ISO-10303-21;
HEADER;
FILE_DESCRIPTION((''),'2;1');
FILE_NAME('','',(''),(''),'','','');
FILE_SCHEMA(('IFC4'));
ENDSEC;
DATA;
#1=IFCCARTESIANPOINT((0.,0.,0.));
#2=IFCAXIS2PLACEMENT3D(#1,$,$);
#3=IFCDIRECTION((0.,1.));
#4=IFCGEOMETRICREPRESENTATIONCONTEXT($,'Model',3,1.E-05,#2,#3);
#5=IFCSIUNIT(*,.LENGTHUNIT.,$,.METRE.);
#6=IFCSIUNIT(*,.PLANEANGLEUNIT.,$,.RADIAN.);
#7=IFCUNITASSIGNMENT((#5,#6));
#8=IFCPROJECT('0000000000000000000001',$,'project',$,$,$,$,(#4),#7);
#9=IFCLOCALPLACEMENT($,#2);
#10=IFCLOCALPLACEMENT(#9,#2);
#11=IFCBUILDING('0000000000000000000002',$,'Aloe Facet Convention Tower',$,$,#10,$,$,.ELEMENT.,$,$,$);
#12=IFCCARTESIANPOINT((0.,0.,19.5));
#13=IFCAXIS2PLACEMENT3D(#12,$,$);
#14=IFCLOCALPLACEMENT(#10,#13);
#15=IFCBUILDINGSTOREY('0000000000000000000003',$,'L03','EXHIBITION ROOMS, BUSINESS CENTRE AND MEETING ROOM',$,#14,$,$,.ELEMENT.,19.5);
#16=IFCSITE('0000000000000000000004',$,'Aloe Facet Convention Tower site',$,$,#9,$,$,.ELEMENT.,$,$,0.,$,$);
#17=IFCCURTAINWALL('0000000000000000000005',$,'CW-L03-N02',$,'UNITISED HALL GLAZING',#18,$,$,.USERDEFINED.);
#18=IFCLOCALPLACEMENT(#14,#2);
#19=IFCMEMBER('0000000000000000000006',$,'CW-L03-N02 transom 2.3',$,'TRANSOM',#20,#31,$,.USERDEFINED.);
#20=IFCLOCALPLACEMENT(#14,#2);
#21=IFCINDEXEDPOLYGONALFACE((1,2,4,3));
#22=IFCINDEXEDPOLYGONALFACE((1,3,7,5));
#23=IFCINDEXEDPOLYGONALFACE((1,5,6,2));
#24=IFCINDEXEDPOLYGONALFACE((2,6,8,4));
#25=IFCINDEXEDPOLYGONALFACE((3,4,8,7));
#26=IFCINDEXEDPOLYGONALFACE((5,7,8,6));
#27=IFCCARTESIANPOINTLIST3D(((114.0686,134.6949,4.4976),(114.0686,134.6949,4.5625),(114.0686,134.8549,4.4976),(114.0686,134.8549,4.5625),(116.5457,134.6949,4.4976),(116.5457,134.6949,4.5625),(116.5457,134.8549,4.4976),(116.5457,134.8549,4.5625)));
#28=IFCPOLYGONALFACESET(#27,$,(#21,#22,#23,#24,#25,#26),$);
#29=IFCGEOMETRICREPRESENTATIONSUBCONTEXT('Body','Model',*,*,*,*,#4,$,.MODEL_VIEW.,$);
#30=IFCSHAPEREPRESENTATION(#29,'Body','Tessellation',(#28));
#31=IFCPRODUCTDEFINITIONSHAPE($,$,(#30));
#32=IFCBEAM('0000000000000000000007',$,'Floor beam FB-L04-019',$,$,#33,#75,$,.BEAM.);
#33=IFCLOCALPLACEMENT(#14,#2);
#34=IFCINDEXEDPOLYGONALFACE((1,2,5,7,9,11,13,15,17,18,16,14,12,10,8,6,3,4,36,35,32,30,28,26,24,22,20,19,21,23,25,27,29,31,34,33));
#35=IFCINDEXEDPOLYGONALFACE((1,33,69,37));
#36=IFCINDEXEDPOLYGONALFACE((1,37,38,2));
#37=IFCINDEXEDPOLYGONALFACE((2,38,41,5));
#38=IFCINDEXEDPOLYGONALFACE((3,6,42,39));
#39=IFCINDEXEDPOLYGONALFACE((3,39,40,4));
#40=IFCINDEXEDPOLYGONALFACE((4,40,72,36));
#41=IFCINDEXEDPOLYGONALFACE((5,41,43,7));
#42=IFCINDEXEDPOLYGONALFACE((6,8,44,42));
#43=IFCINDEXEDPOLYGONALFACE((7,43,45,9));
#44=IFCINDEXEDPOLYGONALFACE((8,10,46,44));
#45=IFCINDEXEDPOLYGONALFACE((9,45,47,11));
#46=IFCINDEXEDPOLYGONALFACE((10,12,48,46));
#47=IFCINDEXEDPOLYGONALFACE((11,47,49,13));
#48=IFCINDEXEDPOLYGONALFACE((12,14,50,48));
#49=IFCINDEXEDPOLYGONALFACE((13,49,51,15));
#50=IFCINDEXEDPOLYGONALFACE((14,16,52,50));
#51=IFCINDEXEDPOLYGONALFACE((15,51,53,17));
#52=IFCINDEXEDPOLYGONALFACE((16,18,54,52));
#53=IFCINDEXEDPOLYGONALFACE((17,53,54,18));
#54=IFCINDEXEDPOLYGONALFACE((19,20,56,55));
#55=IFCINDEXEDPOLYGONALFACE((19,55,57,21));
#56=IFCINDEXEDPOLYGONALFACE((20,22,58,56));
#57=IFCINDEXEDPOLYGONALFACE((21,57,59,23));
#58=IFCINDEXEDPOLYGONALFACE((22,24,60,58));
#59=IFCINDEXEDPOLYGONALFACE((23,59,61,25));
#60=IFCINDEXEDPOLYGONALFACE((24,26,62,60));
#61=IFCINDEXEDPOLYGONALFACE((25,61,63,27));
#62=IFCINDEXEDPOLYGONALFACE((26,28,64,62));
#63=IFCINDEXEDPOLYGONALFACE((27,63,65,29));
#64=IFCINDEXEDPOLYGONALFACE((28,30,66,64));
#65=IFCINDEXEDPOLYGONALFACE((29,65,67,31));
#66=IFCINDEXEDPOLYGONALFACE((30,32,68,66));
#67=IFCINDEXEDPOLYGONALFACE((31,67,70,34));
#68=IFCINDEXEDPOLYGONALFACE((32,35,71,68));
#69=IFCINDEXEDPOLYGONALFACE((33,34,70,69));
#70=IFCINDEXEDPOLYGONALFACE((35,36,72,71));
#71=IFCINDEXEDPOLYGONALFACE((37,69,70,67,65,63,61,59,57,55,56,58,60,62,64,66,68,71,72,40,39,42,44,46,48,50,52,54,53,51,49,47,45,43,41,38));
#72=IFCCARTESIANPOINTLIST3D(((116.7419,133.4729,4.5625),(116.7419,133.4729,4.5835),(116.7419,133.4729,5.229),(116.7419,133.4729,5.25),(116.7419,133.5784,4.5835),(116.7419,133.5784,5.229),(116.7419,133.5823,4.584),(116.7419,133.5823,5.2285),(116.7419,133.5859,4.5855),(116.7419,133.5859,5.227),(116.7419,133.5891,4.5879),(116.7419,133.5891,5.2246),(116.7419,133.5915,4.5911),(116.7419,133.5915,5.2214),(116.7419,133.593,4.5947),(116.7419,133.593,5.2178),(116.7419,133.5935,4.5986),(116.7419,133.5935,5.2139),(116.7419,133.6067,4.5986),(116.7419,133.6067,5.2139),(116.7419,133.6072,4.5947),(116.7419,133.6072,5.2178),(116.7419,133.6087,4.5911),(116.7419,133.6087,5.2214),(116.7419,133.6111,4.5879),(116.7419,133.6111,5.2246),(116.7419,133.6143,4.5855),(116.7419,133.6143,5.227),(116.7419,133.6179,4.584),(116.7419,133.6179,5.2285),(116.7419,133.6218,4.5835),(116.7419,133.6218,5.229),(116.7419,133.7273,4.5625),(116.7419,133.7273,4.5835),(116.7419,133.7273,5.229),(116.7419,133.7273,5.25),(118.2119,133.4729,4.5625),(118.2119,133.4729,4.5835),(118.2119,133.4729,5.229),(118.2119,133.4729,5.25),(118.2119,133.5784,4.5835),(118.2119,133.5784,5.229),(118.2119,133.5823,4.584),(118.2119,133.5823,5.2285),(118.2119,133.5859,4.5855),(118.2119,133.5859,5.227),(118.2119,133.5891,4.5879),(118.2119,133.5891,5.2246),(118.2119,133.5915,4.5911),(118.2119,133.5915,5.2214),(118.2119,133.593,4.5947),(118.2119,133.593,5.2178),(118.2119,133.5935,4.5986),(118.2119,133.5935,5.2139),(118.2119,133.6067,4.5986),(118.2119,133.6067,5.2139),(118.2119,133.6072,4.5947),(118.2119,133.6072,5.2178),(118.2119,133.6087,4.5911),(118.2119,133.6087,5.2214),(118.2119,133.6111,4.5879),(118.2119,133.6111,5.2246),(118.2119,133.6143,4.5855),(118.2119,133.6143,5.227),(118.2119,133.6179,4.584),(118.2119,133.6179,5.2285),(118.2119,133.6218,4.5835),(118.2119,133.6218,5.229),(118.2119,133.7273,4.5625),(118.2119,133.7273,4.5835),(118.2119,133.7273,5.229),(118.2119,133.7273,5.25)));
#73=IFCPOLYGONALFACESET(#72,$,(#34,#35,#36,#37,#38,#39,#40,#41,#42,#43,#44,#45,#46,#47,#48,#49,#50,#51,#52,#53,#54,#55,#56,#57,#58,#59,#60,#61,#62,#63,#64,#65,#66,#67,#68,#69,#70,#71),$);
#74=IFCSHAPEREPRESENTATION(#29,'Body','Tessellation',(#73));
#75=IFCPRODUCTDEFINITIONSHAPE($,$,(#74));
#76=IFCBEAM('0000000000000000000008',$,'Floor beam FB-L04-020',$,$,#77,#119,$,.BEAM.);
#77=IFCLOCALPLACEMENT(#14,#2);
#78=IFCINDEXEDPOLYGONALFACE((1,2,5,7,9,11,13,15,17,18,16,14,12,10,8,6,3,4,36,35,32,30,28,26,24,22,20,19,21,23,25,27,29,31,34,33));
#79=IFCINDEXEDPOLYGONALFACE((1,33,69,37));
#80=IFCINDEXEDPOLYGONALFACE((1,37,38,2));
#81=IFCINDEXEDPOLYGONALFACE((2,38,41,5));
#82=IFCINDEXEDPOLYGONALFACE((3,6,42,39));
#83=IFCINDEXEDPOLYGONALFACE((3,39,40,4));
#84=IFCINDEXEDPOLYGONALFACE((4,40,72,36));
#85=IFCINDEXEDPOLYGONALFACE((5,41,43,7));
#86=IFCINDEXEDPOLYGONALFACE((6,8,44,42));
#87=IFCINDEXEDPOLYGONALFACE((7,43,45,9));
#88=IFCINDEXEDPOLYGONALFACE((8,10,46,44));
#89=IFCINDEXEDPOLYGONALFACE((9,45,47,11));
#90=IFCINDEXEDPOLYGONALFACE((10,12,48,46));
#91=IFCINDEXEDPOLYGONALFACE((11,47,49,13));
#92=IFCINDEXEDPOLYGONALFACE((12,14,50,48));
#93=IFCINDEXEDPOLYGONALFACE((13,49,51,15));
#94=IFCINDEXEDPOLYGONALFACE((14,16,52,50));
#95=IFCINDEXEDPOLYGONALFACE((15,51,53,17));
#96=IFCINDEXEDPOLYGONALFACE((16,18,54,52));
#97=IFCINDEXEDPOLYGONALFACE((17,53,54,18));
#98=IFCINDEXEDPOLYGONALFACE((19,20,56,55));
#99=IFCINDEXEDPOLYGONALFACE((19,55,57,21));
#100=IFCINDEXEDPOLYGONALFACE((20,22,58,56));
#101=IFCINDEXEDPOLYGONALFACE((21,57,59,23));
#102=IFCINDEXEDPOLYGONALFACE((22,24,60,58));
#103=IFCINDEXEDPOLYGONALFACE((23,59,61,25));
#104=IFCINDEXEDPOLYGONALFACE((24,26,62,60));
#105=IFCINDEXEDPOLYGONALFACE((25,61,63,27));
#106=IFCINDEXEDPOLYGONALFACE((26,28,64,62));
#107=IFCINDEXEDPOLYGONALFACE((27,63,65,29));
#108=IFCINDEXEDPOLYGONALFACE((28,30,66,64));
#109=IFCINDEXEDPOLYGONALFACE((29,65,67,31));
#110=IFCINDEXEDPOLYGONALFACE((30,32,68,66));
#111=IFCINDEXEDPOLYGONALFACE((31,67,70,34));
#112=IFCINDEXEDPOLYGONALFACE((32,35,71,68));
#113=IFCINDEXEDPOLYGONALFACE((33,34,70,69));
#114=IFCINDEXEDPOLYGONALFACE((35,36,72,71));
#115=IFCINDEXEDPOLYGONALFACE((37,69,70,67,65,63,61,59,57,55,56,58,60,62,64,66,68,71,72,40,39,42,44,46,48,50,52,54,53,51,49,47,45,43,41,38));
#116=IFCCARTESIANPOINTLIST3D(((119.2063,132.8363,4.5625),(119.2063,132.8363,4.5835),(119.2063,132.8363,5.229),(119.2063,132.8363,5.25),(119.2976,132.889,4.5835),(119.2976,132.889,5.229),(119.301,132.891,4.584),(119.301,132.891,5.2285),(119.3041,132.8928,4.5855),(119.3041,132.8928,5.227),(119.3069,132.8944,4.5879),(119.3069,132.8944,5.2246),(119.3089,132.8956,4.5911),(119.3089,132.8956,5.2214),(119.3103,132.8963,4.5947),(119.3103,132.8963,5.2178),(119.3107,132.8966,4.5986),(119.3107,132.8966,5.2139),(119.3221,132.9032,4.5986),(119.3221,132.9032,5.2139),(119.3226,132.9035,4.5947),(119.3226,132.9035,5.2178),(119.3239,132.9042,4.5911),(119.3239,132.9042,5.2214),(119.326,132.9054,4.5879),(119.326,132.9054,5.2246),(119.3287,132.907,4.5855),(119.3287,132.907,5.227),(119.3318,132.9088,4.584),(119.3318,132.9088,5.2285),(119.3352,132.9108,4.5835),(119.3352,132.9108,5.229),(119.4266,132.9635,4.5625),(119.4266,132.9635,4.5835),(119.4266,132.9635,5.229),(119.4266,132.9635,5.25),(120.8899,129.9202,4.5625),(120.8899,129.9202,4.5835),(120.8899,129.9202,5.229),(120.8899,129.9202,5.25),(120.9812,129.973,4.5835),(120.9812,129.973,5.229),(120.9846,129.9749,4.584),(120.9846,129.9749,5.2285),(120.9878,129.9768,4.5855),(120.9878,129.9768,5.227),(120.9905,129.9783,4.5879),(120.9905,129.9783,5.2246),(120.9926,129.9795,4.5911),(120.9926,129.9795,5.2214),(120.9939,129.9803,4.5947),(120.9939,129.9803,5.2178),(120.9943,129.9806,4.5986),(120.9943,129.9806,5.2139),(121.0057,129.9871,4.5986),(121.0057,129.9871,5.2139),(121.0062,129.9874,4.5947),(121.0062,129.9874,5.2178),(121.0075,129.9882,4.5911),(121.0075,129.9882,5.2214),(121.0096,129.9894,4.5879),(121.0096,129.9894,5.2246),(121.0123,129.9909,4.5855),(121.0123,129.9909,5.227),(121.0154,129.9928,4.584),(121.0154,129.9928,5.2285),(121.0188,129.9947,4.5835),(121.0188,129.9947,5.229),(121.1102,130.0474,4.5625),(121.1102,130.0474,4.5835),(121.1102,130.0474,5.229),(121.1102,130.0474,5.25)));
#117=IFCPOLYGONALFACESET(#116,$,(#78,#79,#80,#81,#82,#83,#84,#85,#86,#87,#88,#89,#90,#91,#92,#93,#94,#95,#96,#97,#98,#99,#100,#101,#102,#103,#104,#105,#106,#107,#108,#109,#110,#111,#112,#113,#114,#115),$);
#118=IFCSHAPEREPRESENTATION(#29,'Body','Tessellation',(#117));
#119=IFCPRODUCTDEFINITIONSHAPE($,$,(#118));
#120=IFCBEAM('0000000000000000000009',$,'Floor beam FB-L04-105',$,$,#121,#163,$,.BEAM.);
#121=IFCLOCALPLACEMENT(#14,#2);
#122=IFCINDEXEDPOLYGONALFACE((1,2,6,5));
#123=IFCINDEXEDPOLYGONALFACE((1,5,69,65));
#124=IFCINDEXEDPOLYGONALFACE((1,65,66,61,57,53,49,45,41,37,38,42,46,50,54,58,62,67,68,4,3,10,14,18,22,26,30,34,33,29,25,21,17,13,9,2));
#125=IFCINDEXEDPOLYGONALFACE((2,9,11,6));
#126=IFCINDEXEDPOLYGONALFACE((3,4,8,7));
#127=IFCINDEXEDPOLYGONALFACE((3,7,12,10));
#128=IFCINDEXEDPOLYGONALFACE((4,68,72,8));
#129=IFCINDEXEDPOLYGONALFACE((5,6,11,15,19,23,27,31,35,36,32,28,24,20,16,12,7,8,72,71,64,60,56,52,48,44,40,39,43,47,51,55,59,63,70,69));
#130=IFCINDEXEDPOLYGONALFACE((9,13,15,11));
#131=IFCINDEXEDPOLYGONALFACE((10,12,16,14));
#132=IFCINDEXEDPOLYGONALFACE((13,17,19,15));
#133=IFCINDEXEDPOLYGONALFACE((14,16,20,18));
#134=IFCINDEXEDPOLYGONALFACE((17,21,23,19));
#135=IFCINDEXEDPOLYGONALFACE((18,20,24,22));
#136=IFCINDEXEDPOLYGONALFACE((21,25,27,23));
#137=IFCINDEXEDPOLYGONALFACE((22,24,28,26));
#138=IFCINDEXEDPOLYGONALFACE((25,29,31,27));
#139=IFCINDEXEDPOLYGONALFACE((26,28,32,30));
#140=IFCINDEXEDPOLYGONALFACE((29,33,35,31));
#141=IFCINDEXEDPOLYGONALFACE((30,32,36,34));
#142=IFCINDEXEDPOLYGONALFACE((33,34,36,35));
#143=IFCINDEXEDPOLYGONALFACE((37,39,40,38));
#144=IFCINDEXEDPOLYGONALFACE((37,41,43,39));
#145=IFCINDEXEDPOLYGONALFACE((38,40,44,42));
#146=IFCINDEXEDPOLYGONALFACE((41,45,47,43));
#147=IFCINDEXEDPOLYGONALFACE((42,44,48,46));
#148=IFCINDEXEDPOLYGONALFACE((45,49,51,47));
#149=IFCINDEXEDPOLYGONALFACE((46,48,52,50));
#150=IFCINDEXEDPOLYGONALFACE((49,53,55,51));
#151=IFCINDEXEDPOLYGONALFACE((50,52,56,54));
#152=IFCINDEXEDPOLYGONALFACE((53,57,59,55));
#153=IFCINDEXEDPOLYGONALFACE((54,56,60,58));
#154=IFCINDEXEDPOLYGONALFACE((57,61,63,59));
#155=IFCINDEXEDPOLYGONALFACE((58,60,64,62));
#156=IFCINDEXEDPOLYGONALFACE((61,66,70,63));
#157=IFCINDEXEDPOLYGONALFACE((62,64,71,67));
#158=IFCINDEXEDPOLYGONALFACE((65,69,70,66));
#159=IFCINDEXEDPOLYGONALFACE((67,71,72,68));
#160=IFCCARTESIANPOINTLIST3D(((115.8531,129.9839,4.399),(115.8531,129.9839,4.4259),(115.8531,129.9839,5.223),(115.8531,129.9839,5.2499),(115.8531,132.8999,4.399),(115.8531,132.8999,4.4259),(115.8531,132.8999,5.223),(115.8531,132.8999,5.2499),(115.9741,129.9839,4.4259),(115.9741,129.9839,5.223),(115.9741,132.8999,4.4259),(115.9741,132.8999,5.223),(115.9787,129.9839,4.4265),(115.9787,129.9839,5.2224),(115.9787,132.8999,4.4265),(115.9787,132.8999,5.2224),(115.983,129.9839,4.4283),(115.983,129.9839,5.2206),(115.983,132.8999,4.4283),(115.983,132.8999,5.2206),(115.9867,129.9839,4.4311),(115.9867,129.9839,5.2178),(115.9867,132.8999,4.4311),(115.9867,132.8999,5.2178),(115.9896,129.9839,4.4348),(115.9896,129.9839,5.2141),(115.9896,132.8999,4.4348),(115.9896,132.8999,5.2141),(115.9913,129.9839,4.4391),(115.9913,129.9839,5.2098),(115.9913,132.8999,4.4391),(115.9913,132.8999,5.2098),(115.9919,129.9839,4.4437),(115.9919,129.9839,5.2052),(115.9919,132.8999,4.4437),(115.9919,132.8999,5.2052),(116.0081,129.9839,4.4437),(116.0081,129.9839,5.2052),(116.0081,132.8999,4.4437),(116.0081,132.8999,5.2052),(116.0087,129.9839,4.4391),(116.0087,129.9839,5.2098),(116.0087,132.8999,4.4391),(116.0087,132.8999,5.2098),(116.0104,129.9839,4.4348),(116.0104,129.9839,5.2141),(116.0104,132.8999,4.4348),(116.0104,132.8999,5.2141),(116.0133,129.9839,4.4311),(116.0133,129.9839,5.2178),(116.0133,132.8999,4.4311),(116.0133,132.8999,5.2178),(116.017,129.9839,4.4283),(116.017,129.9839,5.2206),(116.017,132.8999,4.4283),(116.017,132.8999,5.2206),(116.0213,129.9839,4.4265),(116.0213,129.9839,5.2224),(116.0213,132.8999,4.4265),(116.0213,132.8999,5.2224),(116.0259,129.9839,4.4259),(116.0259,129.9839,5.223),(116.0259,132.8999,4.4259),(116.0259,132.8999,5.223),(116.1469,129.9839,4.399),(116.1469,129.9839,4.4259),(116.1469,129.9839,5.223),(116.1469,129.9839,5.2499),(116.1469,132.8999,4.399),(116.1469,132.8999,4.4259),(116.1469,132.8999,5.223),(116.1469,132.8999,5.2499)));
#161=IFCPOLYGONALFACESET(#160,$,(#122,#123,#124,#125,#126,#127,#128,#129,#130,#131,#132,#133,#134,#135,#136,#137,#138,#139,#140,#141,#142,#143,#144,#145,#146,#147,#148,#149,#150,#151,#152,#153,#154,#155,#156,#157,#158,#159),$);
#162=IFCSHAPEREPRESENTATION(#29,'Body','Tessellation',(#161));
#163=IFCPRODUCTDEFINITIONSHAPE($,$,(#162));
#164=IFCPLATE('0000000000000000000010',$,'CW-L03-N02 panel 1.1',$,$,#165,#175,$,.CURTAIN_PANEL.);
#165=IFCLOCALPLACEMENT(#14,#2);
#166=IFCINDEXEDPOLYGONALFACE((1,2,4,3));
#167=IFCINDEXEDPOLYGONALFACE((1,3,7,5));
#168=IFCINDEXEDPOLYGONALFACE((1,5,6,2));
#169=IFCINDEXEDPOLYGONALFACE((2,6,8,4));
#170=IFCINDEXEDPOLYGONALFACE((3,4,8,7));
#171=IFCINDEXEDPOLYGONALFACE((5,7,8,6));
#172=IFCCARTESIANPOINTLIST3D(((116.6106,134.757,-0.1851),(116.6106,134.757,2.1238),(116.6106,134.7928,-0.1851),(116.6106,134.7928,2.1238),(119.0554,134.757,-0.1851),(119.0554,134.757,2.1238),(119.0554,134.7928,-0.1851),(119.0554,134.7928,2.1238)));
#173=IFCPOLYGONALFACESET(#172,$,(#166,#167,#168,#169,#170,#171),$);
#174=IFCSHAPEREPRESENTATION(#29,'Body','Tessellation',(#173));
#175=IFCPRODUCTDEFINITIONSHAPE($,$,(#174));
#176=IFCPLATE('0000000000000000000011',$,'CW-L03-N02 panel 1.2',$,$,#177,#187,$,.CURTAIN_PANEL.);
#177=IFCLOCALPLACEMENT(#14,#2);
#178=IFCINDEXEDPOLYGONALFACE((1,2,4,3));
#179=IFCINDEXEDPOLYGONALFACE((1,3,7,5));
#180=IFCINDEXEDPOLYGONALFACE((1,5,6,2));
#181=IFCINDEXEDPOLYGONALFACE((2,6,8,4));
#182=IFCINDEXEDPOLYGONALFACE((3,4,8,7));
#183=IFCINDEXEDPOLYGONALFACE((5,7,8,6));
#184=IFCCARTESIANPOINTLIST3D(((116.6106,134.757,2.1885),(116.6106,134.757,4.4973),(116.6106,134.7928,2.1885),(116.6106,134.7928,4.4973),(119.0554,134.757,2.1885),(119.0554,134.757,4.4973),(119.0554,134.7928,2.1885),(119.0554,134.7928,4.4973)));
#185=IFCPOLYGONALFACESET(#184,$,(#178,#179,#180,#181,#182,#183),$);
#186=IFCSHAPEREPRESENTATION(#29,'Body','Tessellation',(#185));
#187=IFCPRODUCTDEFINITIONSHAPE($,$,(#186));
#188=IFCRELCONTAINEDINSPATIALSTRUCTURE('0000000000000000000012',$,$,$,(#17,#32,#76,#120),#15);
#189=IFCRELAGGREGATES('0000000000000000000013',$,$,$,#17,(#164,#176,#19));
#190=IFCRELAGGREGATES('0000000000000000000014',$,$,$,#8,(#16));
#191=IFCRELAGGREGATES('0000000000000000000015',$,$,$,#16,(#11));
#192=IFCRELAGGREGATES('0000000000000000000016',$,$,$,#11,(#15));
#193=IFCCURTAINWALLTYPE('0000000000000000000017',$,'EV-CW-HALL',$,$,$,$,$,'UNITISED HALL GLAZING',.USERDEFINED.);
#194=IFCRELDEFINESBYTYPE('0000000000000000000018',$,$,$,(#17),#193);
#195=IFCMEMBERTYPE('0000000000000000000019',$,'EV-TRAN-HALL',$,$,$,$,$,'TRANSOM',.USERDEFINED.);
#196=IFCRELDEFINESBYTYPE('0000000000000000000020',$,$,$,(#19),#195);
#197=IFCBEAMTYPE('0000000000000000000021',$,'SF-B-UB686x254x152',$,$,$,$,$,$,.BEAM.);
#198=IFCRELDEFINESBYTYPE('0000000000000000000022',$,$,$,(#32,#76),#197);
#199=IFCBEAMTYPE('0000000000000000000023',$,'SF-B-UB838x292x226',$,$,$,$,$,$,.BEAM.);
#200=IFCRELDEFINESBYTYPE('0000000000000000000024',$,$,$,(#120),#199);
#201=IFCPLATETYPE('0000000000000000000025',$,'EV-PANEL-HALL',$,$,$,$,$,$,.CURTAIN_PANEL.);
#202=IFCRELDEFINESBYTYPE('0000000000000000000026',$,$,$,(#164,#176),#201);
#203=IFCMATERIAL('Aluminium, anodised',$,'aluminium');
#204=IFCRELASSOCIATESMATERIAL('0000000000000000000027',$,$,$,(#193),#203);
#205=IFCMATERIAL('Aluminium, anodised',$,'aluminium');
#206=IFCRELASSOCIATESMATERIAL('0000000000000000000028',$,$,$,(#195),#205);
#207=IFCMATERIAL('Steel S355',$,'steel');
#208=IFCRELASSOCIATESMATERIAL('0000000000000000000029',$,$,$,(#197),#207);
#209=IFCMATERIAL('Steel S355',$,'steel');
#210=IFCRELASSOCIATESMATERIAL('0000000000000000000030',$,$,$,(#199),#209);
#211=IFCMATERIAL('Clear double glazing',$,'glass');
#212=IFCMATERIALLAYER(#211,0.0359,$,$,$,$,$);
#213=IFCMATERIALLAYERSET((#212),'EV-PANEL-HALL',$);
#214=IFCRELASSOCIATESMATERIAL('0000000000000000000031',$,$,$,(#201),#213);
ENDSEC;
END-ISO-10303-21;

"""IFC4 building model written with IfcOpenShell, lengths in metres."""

from ifc_helpers import new_model, si_unit, direction, frame, origin, origin_2d, place, context, subcontext, project, spatial, rectangle, i_section, extrude, material, layer, layer_set, material_profile, profile_set, type_object, element, aggregate, save


model = new_model("IFC4")

# Units and contexts
model_context = context("Model", 3, precision=1e-05, world=origin(), true_north=direction((0.0, 1.0)))
body_context = subcontext(model_context, "Body", "Model", "MODEL_VIEW")
ifc_project = project(units=[si_unit("LENGTHUNIT", "METRE"), si_unit("PLANEANGLEUNIT", "RADIAN")], contexts=[model_context])

# Site, building, storey
site_placement = place(None, origin())
site = spatial("IfcSite", under=ifc_project, at=site_placement, Name="Aloe Facet Convention Tower site", CompositionType="ELEMENT", RefElevation=0.0)
building_placement = place(site_placement, origin())
building = spatial("IfcBuilding", under=site, at=building_placement, Name="Aloe Facet Convention Tower", CompositionType="ELEMENT")
storey_placement = place(building_placement, frame((0.0, 0.0, 19.5)))
storey = spatial("IfcBuildingStorey", under=building, at=storey_placement, Name="L03", Description="EXHIBITION ROOMS, BUSINESS CENTRE AND MEETING ROOM", CompositionType="ELEMENT", Elevation=19.5)

# Curtain wall, member
ifc_material_1 = material(Name="Aluminium, anodised", Category="aluminium")
curtain_wall_type = type_object("IfcCurtainWallType", Name="EV-CW-HALL", ElementType="UNITISED HALL GLAZING", PredefinedType="USERDEFINED", material=ifc_material_1)
curtain_wall_placement = place(storey_placement, origin())
curtain_wall = element("IfcCurtainWall", 1, at=curtain_wall_placement, inside=storey, type_object=curtain_wall_type, Name="CW-L03-N02", ObjectType="UNITISED HALL GLAZING", PredefinedType="USERDEFINED")
ifc_material_2 = material(Name="Aluminium, anodised", Category="aluminium")
ifc_material_profile_1 = material_profile(ifc_material_2, rectangle(XDim=0.1599, YDim=0.0649, at=origin_2d()), Name="AL 160x65")
ifc_profile_set_1 = profile_set([ifc_material_profile_1], Name="Aluminium, anodised")
member_type_1 = type_object("IfcMemberType", Name="EV-TRAN-HALL", ElementType="TRANSOM", PredefinedType="USERDEFINED", material=ifc_profile_set_1)
member_1_placement = place(storey_placement, frame((116.5457, 134.7749, 4.53), z_axis=(-1.0, 0.0, 0.0), x_axis=(0.0, -1.0, 0.0)))
member_1 = element("IfcMember", 2, at=member_1_placement, type_object=member_type_1, Name="CW-L03-N02 transom 2.3", ObjectType="TRANSOM", PredefinedType="USERDEFINED", context=body_context, shape_type="SweptSolid", body=[
    extrude(rectangle(XDim=0.1599, YDim=0.0649, at=origin_2d()), origin(), (0.0, 0.0, 1.0), 2.4771),
])

# Beams
ifc_material_3 = material(Name="Steel S355", Category="steel")
ifc_material_profile_2 = material_profile(ifc_material_3, i_section(OverallWidth=0.2544, OverallDepth=0.6875, WebThickness=0.0132, FlangeThickness=0.021, FilletRadius=0.0151, at=origin_2d()), Name="UB 686x254x152")
ifc_profile_set_2 = profile_set([ifc_material_profile_2], Name="Steel S355")
beam_type_1 = type_object("IfcBeamType", Name="SF-B-UB686x254x152", PredefinedType="BEAM", material=ifc_profile_set_2)
beam_1_placement = place(storey_placement, frame((116.7419, 133.6001, 4.9062), z_axis=(1.0, 0.0, 0.0), x_axis=(0.0, 1.0, 0.0)))
element("IfcBeam", 3, at=beam_1_placement, inside=storey, type_object=beam_type_1, Name="Floor beam FB-L04-019", PredefinedType="BEAM", context=body_context, shape_type="SweptSolid", body=[
    extrude(i_section(OverallWidth=0.2544, OverallDepth=0.6875, WebThickness=0.0132, FlangeThickness=0.021, FilletRadius=0.0151, at=origin_2d()), origin(), (0.0, 0.0, 1.0), 1.47),
])
beam_2_placement = place(storey_placement, frame((119.3164, 132.8999, 4.9062), z_axis=(0.500007, -0.866021, 0.0), x_axis=(0.866021, 0.500007, 0.0)))
element("IfcBeam", 4, at=beam_2_placement, inside=storey, type_object=beam_type_1, Name="Floor beam FB-L04-020", PredefinedType="BEAM", context=body_context, shape_type="SweptSolid", body=[
    extrude(i_section(OverallWidth=0.2544, OverallDepth=0.6875, WebThickness=0.0132, FlangeThickness=0.021, FilletRadius=0.0151, at=origin_2d()), origin(), (0.0, 0.0, 1.0), 3.3672),
])
ifc_material_4 = material(Name="Steel S355", Category="steel")
ifc_material_profile_3 = material_profile(ifc_material_4, i_section(OverallWidth=0.2937, OverallDepth=0.8508, WebThickness=0.0161, FlangeThickness=0.0269, FilletRadius=0.0178, at=origin_2d()), Name="UB 838x292x226")
ifc_profile_set_3 = profile_set([ifc_material_profile_3], Name="Steel S355")
beam_type_2 = type_object("IfcBeamType", Name="SF-B-UB838x292x226", PredefinedType="BEAM", material=ifc_profile_set_3)
beam_3_placement = place(storey_placement, frame((116.0, 129.9839, 4.8245), z_axis=(0.0, 1.0, 0.0), x_axis=(-1.0, 0.0, 0.0)))
element("IfcBeam", 5, at=beam_3_placement, inside=storey, type_object=beam_type_2, Name="Floor beam FB-L04-105", PredefinedType="BEAM", context=body_context, shape_type="SweptSolid", body=[
    extrude(i_section(OverallWidth=0.2937, OverallDepth=0.8508, WebThickness=0.0161, FlangeThickness=0.0269, FilletRadius=0.0178, at=origin_2d()), origin(), (0.0, 0.0, 1.0), 2.916),
])

# Plates
ifc_material_5 = material(Name="Clear double glazing", Category="glass")
ifc_layer_1 = layer(ifc_material_5, 0.0359)
ifc_layer_set_1 = layer_set([ifc_layer_1], Name="EV-PANEL-HALL")
plate_type = type_object("IfcPlateType", Name="EV-PANEL-HALL", PredefinedType="CURTAIN_PANEL", material=ifc_layer_set_1)
plate_1_placement = place(storey_placement, frame((117.833, 134.7749, -0.1851), z_axis=(0.0, 0.0, 1.0), x_axis=(-1.0, 0.0, 0.0)))
plate_1 = element("IfcPlate", 6, at=plate_1_placement, type_object=plate_type, Name="CW-L03-N02 panel 1.1", PredefinedType="CURTAIN_PANEL", context=body_context, shape_type="SweptSolid", body=[
    extrude(rectangle(XDim=2.4448, YDim=0.0359, at=origin_2d()), origin(), (0.0, 0.0, 1.0), 2.3088),
])
plate_2_placement = place(storey_placement, frame((117.833, 134.7749, 2.1885), z_axis=(0.0, 0.0, 1.0), x_axis=(-1.0, 0.0, 0.0)))
plate_2 = element("IfcPlate", 7, at=plate_2_placement, type_object=plate_type, Name="CW-L03-N02 panel 1.2", PredefinedType="CURTAIN_PANEL", context=body_context, shape_type="SweptSolid", body=[
    extrude(rectangle(XDim=2.4448, YDim=0.0359, at=origin_2d()), origin(), (0.0, 0.0, 1.0), 2.3088),
])
aggregate(curtain_wall, [plate_1, plate_2, member_1])

save(model, "model.ifc")
